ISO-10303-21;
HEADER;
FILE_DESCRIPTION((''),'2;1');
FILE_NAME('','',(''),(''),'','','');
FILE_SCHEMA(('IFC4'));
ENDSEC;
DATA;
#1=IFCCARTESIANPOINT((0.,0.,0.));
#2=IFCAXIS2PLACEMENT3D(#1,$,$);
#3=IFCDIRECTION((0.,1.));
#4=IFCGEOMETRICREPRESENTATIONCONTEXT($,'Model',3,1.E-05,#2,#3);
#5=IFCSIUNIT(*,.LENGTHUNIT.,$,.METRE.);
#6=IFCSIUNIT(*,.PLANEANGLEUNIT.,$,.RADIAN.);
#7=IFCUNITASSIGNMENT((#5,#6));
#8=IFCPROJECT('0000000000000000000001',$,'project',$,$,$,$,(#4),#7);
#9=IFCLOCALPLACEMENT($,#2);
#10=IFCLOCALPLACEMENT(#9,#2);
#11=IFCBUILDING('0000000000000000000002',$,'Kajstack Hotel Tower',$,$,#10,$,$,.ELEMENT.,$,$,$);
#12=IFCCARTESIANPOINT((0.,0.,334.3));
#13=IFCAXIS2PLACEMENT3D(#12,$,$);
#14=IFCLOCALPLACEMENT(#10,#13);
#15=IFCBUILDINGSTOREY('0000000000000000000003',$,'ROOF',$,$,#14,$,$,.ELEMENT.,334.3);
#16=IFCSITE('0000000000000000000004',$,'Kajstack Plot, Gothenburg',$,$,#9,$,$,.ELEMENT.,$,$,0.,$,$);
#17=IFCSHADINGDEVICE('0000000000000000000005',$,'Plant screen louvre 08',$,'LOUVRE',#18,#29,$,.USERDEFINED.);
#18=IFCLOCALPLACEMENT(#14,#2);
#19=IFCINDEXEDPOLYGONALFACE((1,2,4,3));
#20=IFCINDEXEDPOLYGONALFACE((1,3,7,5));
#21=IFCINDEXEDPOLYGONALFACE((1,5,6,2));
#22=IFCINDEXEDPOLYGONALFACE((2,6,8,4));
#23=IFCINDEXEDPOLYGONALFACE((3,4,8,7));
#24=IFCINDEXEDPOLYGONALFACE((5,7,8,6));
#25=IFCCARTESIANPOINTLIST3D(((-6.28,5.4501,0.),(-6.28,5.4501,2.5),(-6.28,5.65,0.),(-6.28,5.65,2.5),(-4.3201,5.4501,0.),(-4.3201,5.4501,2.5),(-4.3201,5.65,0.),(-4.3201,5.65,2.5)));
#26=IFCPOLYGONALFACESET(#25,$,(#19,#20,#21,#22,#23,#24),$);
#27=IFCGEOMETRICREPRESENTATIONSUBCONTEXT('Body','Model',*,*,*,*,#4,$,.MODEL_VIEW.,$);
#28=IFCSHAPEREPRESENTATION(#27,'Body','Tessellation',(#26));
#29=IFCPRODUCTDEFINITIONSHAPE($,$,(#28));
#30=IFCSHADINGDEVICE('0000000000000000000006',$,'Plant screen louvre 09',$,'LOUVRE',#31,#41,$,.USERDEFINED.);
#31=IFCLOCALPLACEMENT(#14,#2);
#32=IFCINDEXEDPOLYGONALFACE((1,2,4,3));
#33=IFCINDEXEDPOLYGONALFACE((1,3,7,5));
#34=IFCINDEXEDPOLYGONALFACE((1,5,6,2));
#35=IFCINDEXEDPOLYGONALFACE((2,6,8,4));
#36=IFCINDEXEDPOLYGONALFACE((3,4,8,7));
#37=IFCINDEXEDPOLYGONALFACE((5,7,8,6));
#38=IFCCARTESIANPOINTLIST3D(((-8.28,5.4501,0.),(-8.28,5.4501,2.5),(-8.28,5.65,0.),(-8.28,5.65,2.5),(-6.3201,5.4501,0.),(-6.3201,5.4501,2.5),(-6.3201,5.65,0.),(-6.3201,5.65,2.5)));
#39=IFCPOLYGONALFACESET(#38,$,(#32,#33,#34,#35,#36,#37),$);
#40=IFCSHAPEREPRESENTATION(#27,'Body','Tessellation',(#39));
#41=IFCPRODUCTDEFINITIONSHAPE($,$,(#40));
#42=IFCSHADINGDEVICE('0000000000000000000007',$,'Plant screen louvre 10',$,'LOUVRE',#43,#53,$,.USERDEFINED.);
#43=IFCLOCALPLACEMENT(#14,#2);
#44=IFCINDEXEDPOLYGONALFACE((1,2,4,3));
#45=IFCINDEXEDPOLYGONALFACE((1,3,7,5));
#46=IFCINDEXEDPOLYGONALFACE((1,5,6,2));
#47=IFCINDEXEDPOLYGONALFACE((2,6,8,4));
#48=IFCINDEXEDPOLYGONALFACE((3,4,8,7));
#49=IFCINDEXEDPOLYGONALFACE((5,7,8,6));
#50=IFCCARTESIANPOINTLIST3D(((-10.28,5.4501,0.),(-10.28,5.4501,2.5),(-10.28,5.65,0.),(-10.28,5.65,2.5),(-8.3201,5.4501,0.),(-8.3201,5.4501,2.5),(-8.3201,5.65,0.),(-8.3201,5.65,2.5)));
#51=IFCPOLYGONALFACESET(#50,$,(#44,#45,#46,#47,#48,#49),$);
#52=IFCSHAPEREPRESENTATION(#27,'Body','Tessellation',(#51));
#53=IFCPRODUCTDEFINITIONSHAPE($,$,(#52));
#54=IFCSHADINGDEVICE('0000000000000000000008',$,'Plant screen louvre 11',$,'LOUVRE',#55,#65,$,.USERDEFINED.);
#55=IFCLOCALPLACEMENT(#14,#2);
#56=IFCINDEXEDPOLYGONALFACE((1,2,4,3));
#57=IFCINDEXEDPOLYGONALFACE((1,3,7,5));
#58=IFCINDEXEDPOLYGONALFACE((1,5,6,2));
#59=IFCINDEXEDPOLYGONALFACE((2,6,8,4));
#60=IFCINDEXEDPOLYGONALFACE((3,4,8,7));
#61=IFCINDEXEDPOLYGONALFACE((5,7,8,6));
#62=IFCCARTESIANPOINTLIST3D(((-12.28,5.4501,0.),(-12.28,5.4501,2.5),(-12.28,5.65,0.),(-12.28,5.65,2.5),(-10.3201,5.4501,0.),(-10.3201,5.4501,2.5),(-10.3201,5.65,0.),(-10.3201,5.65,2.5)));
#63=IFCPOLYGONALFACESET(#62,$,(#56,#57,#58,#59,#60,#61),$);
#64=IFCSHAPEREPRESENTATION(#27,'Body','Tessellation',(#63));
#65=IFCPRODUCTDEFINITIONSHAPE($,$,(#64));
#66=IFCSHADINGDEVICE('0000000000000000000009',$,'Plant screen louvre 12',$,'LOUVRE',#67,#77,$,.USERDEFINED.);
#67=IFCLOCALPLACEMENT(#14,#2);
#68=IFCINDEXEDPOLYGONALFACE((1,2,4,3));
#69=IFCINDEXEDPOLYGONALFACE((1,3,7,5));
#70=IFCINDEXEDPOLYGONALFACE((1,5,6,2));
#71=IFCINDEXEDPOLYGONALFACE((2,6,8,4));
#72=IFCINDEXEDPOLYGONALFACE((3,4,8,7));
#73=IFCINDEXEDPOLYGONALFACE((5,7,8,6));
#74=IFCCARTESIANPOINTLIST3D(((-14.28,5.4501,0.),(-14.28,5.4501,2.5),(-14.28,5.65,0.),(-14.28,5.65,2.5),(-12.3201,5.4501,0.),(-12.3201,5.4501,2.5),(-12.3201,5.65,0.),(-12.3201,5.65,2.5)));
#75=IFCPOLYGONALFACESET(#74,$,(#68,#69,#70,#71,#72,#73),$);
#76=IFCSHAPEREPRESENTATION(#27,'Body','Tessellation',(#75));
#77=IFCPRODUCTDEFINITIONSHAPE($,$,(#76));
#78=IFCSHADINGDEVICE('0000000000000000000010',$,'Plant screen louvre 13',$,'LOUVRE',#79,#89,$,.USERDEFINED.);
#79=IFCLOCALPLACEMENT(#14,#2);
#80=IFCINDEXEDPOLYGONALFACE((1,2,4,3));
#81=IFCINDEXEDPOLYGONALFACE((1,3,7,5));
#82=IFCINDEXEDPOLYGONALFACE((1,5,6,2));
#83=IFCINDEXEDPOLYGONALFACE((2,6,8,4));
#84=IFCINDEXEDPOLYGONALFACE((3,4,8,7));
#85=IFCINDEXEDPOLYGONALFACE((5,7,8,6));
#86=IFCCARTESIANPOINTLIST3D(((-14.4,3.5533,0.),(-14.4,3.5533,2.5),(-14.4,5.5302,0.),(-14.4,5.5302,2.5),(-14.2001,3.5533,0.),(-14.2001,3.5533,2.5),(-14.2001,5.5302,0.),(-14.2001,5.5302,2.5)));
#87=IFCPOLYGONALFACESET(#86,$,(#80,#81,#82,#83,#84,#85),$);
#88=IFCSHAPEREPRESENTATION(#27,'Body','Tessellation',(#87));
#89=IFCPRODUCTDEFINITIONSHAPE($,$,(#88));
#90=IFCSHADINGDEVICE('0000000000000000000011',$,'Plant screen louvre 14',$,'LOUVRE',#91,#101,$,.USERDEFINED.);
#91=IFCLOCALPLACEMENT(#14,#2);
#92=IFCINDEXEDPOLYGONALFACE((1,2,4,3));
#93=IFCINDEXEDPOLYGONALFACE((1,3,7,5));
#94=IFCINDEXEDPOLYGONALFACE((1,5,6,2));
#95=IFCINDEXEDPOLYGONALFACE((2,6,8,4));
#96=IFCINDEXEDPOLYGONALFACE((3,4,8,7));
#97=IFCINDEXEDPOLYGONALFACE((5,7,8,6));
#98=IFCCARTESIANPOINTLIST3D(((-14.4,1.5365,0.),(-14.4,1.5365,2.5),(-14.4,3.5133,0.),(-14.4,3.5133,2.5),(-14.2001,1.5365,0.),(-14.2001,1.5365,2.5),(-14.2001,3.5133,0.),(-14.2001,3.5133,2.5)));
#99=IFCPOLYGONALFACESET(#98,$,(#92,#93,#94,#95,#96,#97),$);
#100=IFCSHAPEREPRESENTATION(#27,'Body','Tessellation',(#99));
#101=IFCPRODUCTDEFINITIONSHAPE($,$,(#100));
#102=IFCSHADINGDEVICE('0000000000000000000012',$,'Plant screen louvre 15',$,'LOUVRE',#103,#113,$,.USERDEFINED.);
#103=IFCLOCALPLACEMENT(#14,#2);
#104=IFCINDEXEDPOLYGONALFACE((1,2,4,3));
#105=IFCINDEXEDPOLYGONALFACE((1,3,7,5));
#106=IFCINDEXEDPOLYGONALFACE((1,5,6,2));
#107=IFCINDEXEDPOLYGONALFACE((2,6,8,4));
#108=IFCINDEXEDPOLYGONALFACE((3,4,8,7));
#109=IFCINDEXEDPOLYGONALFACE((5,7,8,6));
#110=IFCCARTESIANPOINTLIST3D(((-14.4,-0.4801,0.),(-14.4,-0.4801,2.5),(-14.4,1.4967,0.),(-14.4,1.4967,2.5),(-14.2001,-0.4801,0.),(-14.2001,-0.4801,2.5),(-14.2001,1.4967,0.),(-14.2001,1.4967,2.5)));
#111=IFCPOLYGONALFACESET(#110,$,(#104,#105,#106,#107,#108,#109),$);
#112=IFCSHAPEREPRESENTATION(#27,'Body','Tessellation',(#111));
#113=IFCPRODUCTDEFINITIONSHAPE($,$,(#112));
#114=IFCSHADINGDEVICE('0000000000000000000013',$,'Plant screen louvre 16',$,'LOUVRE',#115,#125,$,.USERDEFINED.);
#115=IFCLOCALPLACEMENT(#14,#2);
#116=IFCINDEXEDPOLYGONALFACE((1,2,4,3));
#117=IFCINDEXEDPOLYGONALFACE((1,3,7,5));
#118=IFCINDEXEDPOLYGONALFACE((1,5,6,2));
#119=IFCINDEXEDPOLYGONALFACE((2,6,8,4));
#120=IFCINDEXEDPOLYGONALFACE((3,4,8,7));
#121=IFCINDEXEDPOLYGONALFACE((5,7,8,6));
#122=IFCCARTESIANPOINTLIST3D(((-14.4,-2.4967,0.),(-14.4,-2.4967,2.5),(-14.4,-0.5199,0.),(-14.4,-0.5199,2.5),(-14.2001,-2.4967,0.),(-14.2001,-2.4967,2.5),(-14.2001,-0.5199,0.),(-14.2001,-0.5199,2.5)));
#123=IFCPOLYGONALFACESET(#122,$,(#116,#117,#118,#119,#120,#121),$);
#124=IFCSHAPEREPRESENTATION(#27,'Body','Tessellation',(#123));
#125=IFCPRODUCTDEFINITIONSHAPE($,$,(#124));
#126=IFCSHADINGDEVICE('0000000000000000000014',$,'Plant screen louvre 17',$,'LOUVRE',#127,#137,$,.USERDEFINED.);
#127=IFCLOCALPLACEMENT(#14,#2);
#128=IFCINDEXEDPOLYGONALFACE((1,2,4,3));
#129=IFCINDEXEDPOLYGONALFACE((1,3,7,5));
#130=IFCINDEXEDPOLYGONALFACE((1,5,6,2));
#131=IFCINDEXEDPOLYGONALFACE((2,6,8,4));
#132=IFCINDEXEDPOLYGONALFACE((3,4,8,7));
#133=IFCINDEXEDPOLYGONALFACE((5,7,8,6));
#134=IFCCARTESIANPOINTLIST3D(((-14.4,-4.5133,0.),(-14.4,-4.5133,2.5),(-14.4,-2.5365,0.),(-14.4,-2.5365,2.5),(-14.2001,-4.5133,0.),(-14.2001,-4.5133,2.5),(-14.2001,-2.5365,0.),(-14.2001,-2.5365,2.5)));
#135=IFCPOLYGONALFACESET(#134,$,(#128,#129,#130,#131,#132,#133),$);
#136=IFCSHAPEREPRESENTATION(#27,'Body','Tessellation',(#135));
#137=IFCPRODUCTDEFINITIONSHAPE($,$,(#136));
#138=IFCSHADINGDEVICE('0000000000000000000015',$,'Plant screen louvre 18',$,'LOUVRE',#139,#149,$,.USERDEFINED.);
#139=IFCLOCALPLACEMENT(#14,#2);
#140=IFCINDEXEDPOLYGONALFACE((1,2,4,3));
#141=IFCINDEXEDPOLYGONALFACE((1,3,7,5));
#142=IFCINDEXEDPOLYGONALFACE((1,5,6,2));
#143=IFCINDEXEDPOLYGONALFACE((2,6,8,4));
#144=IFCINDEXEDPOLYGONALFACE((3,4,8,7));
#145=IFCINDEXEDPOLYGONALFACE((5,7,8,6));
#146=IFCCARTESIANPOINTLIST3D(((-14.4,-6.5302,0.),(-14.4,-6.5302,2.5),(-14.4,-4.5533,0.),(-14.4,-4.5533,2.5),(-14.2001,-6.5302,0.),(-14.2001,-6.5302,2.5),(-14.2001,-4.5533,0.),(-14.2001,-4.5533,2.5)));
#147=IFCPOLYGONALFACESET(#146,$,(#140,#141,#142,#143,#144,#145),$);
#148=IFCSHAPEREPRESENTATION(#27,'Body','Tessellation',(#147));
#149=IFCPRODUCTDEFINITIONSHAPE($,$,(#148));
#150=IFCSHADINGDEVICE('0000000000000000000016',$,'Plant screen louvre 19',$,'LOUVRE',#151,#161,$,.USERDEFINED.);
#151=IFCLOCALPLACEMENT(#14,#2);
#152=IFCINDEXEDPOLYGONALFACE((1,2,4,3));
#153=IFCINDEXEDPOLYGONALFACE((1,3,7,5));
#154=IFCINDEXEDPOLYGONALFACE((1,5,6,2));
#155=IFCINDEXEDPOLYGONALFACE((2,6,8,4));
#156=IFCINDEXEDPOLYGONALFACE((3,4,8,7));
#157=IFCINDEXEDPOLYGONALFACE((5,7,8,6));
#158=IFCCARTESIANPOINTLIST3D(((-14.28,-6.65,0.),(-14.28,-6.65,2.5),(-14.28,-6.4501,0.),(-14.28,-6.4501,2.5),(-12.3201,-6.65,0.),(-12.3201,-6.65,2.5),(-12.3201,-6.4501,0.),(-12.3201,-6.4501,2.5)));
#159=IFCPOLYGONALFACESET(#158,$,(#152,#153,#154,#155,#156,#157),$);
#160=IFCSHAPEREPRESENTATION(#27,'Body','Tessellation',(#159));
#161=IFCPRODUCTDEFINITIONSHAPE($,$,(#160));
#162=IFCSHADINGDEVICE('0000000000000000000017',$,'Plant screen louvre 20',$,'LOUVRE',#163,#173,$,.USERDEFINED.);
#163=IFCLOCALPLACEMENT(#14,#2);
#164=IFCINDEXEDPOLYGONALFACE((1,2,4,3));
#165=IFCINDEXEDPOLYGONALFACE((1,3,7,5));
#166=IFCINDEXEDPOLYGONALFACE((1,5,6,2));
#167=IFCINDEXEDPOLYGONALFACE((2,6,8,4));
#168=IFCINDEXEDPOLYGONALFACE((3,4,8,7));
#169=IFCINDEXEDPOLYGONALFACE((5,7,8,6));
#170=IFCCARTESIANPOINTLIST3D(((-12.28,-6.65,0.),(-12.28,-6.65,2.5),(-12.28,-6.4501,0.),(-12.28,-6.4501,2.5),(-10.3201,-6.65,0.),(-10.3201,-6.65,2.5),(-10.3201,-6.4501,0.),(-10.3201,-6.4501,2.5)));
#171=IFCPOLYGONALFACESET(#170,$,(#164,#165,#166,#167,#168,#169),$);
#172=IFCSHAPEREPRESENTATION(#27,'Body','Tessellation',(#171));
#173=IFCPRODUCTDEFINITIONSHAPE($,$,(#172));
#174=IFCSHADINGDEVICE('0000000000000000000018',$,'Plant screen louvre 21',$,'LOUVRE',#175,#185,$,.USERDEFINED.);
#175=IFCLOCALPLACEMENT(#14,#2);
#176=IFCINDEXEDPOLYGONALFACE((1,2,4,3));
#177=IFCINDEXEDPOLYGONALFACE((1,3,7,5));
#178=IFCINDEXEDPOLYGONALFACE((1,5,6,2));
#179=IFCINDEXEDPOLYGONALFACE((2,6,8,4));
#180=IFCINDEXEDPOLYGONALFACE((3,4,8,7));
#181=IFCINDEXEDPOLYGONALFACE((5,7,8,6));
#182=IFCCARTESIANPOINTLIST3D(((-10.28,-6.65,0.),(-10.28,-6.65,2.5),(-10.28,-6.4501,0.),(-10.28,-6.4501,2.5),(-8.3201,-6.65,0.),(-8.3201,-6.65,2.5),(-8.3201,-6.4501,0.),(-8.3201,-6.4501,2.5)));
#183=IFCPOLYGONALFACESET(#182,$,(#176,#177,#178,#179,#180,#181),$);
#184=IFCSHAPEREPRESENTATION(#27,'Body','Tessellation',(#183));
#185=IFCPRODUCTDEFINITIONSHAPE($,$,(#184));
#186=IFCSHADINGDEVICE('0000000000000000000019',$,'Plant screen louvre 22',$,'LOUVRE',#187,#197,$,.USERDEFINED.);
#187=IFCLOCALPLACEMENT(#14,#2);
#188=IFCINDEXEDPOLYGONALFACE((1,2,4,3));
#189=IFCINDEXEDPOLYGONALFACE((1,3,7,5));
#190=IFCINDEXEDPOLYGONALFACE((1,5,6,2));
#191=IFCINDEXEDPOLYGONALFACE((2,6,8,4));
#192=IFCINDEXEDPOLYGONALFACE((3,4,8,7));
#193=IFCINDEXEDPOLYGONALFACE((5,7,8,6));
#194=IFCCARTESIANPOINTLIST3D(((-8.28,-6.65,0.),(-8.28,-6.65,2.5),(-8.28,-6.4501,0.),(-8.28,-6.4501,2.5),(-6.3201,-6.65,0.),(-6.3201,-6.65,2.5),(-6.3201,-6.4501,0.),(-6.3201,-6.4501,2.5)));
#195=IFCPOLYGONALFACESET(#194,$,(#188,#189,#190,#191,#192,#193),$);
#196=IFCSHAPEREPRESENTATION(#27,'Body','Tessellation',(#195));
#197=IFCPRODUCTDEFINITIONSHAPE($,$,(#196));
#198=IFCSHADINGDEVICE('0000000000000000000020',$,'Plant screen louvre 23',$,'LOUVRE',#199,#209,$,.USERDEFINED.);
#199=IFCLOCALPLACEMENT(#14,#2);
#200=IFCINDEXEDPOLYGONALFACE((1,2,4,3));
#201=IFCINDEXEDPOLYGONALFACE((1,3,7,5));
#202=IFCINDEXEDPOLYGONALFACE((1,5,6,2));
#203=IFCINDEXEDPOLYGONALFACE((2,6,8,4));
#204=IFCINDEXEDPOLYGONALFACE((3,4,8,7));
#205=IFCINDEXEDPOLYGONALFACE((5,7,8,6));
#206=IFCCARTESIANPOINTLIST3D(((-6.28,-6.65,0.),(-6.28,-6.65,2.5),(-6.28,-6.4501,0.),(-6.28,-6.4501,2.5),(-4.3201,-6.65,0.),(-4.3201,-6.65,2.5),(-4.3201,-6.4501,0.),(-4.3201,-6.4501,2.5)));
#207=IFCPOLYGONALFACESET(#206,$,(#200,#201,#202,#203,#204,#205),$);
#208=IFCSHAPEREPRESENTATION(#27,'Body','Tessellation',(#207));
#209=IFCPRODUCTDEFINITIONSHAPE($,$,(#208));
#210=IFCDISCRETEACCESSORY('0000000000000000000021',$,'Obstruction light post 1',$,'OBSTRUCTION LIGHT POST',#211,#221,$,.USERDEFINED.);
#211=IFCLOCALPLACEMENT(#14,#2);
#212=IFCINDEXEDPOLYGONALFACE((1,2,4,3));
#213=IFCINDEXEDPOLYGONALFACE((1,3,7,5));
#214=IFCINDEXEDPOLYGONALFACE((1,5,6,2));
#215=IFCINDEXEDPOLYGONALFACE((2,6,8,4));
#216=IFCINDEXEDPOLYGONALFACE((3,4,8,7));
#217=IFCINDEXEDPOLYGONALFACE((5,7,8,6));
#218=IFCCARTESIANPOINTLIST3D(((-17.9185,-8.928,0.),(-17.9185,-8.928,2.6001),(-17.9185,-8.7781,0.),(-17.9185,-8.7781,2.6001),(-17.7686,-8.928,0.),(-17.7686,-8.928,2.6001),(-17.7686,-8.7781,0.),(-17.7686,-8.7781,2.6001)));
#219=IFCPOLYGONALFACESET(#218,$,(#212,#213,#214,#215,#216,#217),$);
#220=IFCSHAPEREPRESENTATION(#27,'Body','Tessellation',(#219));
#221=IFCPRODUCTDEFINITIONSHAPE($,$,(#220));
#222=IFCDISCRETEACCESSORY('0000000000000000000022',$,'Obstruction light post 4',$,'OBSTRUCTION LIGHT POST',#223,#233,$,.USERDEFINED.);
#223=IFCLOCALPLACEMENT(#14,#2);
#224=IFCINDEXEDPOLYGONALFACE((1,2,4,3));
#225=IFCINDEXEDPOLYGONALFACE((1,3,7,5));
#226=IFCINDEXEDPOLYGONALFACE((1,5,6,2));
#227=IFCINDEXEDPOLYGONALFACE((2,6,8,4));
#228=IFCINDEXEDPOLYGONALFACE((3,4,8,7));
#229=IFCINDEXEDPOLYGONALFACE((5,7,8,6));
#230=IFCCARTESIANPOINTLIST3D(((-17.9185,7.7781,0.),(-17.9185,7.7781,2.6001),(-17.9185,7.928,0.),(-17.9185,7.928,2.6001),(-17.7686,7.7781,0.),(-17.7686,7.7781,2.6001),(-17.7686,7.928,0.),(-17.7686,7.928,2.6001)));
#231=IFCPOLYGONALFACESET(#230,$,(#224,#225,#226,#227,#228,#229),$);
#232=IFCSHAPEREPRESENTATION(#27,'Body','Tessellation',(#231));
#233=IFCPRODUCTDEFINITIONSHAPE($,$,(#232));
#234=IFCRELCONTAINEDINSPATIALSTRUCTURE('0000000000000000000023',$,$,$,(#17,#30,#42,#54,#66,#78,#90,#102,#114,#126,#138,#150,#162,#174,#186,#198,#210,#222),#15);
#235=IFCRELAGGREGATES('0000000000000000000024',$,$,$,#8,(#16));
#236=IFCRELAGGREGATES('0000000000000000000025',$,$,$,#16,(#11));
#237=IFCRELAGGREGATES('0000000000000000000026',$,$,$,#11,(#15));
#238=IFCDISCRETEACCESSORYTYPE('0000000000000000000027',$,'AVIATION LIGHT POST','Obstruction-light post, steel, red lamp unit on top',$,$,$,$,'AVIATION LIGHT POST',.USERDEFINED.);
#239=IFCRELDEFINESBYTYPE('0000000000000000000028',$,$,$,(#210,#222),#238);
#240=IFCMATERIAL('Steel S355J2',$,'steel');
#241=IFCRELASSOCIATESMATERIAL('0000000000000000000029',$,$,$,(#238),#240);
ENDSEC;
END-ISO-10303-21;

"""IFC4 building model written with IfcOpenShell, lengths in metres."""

from ifc_helpers import new_model, si_unit, direction, frame, origin, origin_2d, place, context, subcontext, project, spatial, rectangle, extrude, material, type_object, element, save


model = new_model("IFC4")

# Units and contexts
model_context = context("Model", 3, precision=1e-05, world=origin(), true_north=direction((0.0, 1.0)))
body_context = subcontext(model_context, "Body", "Model", "MODEL_VIEW")
ifc_project = project(units=[si_unit("LENGTHUNIT", "METRE"), si_unit("PLANEANGLEUNIT", "RADIAN")], contexts=[model_context])

# Site, building, storey
site_placement = place(None, origin())
site = spatial("IfcSite", under=ifc_project, at=site_placement, Name="Kajstack Plot, Gothenburg", CompositionType="ELEMENT", RefElevation=0.0)
building_placement = place(site_placement, origin())
building = spatial("IfcBuilding", under=site, at=building_placement, Name="Kajstack Hotel Tower", CompositionType="ELEMENT")
storey_placement = place(building_placement, frame((0.0, 0.0, 334.3)))
storey = spatial("IfcBuildingStorey", under=building, at=storey_placement, Name="ROOF", CompositionType="ELEMENT", Elevation=334.3)

# Shading devices
for number, where, z_axis, x_axis, name in (
    (1, (-5.3, 5.55, 0.0), (0.0, 0.0, 1.0), (-1.0, 0.0, 0.0), "Plant screen louvre 08"),
    (2, (-7.3, 5.55, 0.0), (0.0, 0.0, 1.0), (-1.0, 0.0, 0.0), "Plant screen louvre 09"),
    (3, (-9.3, 5.55, 0.0), (0.0, 0.0, 1.0), (-1.0, 0.0, 0.0), "Plant screen louvre 10"),
    (4, (-11.3, 5.55, 0.0), (0.0, 0.0, 1.0), (-1.0, 0.0, 0.0), "Plant screen louvre 11"),
    (5, (-13.3, 5.55, 0.0), (0.0, 0.0, 1.0), (-1.0, 0.0, 0.0), "Plant screen louvre 12"),
):
    element("IfcShadingDevice", number, at=place(storey_placement, frame(where, z_axis=z_axis, x_axis=x_axis)), inside=storey, Name=name, ObjectType="LOUVRE", PredefinedType="USERDEFINED", context=body_context, shape_type="SweptSolid", body=[
        extrude(rectangle(XDim=1.96, YDim=0.2, at=origin_2d()), origin(), (0.0, 0.0, 1.0), 2.5),
    ])
for number, where, z_axis, x_axis, name in (
    (6, (-14.3, 4.5417, 0.0), (0.0, 0.0, 1.0), (0.0, -1.0, 0.0), "Plant screen louvre 13"),
    (7, (-14.3, 2.5249, 0.0), (0.0, 0.0, 1.0), (0.0, -1.0, 0.0), "Plant screen louvre 14"),
    (8, (-14.3, 0.5083, 0.0), (0.0, 0.0, 1.0), (0.0, -1.0, 0.0), "Plant screen louvre 15"),
    (9, (-14.3, -1.5083, 0.0), (0.0, 0.0, 1.0), (0.0, -1.0, 0.0), "Plant screen louvre 16"),
    (10, (-14.3, -3.5249, 0.0), (0.0, 0.0, 1.0), (0.0, -1.0, 0.0), "Plant screen louvre 17"),
    (11, (-14.3, -5.5417, 0.0), (0.0, 0.0, 1.0), (0.0, -1.0, 0.0), "Plant screen louvre 18"),
):
    element("IfcShadingDevice", number, at=place(storey_placement, frame(where, z_axis=z_axis, x_axis=x_axis)), inside=storey, Name=name, ObjectType="LOUVRE", PredefinedType="USERDEFINED", context=body_context, shape_type="SweptSolid", body=[
        extrude(rectangle(XDim=1.9768, YDim=0.2, at=origin_2d()), origin(), (0.0, 0.0, 1.0), 2.5),
    ])
for number, where, z_axis, x_axis, name in (
    (12, (-13.3, -6.55, 0.0), (0.0, 0.0, 1.0), (1.0, 0.0, 0.0), "Plant screen louvre 19"),
    (13, (-11.3, -6.55, 0.0), (0.0, 0.0, 1.0), (1.0, 0.0, 0.0), "Plant screen louvre 20"),
    (14, (-9.3, -6.55, 0.0), (0.0, 0.0, 1.0), (1.0, 0.0, 0.0), "Plant screen louvre 21"),
    (15, (-7.3, -6.55, 0.0), (0.0, 0.0, 1.0), (1.0, 0.0, 0.0), "Plant screen louvre 22"),
    (16, (-5.3, -6.55, 0.0), (0.0, 0.0, 1.0), (1.0, 0.0, 0.0), "Plant screen louvre 23"),
):
    element("IfcShadingDevice", number, at=place(storey_placement, frame(where, z_axis=z_axis, x_axis=x_axis)), inside=storey, Name=name, ObjectType="LOUVRE", PredefinedType="USERDEFINED", context=body_context, shape_type="SweptSolid", body=[
        extrude(rectangle(XDim=1.96, YDim=0.2, at=origin_2d()), origin(), (0.0, 0.0, 1.0), 2.5),
    ])

# Discrete accessories
ifc_material = material(Name="Steel S355J2", Category="steel")
discrete_accessory_type_1 = type_object("IfcDiscreteAccessoryType", Name="AVIATION LIGHT POST", Description="Obstruction-light post, steel, red lamp unit on top", ElementType="AVIATION LIGHT POST", PredefinedType="USERDEFINED", material=ifc_material)
for number, where, z_axis, x_axis, name in (
    (17, (-17.8435, -8.853, 0.0), (0.0, 0.0, 1.0), (1.0, 0.0, 0.0), "Obstruction light post 1"),
    (18, (-17.8435, 7.853, 0.0), (0.0, 0.0, 1.0), (1.0, 0.0, 0.0), "Obstruction light post 4"),
):
    element("IfcDiscreteAccessory", number, at=place(storey_placement, frame(where, z_axis=z_axis, x_axis=x_axis)), inside=storey, type_object=discrete_accessory_type_1, Name=name, ObjectType="OBSTRUCTION LIGHT POST", PredefinedType="USERDEFINED", context=body_context, shape_type="SweptSolid", body=[
        extrude(rectangle(XDim=0.1499, YDim=0.1499, at=origin_2d()), origin(), (0.0, 0.0, 1.0), 2.6001),
    ])

save(model, "model.ifc")
